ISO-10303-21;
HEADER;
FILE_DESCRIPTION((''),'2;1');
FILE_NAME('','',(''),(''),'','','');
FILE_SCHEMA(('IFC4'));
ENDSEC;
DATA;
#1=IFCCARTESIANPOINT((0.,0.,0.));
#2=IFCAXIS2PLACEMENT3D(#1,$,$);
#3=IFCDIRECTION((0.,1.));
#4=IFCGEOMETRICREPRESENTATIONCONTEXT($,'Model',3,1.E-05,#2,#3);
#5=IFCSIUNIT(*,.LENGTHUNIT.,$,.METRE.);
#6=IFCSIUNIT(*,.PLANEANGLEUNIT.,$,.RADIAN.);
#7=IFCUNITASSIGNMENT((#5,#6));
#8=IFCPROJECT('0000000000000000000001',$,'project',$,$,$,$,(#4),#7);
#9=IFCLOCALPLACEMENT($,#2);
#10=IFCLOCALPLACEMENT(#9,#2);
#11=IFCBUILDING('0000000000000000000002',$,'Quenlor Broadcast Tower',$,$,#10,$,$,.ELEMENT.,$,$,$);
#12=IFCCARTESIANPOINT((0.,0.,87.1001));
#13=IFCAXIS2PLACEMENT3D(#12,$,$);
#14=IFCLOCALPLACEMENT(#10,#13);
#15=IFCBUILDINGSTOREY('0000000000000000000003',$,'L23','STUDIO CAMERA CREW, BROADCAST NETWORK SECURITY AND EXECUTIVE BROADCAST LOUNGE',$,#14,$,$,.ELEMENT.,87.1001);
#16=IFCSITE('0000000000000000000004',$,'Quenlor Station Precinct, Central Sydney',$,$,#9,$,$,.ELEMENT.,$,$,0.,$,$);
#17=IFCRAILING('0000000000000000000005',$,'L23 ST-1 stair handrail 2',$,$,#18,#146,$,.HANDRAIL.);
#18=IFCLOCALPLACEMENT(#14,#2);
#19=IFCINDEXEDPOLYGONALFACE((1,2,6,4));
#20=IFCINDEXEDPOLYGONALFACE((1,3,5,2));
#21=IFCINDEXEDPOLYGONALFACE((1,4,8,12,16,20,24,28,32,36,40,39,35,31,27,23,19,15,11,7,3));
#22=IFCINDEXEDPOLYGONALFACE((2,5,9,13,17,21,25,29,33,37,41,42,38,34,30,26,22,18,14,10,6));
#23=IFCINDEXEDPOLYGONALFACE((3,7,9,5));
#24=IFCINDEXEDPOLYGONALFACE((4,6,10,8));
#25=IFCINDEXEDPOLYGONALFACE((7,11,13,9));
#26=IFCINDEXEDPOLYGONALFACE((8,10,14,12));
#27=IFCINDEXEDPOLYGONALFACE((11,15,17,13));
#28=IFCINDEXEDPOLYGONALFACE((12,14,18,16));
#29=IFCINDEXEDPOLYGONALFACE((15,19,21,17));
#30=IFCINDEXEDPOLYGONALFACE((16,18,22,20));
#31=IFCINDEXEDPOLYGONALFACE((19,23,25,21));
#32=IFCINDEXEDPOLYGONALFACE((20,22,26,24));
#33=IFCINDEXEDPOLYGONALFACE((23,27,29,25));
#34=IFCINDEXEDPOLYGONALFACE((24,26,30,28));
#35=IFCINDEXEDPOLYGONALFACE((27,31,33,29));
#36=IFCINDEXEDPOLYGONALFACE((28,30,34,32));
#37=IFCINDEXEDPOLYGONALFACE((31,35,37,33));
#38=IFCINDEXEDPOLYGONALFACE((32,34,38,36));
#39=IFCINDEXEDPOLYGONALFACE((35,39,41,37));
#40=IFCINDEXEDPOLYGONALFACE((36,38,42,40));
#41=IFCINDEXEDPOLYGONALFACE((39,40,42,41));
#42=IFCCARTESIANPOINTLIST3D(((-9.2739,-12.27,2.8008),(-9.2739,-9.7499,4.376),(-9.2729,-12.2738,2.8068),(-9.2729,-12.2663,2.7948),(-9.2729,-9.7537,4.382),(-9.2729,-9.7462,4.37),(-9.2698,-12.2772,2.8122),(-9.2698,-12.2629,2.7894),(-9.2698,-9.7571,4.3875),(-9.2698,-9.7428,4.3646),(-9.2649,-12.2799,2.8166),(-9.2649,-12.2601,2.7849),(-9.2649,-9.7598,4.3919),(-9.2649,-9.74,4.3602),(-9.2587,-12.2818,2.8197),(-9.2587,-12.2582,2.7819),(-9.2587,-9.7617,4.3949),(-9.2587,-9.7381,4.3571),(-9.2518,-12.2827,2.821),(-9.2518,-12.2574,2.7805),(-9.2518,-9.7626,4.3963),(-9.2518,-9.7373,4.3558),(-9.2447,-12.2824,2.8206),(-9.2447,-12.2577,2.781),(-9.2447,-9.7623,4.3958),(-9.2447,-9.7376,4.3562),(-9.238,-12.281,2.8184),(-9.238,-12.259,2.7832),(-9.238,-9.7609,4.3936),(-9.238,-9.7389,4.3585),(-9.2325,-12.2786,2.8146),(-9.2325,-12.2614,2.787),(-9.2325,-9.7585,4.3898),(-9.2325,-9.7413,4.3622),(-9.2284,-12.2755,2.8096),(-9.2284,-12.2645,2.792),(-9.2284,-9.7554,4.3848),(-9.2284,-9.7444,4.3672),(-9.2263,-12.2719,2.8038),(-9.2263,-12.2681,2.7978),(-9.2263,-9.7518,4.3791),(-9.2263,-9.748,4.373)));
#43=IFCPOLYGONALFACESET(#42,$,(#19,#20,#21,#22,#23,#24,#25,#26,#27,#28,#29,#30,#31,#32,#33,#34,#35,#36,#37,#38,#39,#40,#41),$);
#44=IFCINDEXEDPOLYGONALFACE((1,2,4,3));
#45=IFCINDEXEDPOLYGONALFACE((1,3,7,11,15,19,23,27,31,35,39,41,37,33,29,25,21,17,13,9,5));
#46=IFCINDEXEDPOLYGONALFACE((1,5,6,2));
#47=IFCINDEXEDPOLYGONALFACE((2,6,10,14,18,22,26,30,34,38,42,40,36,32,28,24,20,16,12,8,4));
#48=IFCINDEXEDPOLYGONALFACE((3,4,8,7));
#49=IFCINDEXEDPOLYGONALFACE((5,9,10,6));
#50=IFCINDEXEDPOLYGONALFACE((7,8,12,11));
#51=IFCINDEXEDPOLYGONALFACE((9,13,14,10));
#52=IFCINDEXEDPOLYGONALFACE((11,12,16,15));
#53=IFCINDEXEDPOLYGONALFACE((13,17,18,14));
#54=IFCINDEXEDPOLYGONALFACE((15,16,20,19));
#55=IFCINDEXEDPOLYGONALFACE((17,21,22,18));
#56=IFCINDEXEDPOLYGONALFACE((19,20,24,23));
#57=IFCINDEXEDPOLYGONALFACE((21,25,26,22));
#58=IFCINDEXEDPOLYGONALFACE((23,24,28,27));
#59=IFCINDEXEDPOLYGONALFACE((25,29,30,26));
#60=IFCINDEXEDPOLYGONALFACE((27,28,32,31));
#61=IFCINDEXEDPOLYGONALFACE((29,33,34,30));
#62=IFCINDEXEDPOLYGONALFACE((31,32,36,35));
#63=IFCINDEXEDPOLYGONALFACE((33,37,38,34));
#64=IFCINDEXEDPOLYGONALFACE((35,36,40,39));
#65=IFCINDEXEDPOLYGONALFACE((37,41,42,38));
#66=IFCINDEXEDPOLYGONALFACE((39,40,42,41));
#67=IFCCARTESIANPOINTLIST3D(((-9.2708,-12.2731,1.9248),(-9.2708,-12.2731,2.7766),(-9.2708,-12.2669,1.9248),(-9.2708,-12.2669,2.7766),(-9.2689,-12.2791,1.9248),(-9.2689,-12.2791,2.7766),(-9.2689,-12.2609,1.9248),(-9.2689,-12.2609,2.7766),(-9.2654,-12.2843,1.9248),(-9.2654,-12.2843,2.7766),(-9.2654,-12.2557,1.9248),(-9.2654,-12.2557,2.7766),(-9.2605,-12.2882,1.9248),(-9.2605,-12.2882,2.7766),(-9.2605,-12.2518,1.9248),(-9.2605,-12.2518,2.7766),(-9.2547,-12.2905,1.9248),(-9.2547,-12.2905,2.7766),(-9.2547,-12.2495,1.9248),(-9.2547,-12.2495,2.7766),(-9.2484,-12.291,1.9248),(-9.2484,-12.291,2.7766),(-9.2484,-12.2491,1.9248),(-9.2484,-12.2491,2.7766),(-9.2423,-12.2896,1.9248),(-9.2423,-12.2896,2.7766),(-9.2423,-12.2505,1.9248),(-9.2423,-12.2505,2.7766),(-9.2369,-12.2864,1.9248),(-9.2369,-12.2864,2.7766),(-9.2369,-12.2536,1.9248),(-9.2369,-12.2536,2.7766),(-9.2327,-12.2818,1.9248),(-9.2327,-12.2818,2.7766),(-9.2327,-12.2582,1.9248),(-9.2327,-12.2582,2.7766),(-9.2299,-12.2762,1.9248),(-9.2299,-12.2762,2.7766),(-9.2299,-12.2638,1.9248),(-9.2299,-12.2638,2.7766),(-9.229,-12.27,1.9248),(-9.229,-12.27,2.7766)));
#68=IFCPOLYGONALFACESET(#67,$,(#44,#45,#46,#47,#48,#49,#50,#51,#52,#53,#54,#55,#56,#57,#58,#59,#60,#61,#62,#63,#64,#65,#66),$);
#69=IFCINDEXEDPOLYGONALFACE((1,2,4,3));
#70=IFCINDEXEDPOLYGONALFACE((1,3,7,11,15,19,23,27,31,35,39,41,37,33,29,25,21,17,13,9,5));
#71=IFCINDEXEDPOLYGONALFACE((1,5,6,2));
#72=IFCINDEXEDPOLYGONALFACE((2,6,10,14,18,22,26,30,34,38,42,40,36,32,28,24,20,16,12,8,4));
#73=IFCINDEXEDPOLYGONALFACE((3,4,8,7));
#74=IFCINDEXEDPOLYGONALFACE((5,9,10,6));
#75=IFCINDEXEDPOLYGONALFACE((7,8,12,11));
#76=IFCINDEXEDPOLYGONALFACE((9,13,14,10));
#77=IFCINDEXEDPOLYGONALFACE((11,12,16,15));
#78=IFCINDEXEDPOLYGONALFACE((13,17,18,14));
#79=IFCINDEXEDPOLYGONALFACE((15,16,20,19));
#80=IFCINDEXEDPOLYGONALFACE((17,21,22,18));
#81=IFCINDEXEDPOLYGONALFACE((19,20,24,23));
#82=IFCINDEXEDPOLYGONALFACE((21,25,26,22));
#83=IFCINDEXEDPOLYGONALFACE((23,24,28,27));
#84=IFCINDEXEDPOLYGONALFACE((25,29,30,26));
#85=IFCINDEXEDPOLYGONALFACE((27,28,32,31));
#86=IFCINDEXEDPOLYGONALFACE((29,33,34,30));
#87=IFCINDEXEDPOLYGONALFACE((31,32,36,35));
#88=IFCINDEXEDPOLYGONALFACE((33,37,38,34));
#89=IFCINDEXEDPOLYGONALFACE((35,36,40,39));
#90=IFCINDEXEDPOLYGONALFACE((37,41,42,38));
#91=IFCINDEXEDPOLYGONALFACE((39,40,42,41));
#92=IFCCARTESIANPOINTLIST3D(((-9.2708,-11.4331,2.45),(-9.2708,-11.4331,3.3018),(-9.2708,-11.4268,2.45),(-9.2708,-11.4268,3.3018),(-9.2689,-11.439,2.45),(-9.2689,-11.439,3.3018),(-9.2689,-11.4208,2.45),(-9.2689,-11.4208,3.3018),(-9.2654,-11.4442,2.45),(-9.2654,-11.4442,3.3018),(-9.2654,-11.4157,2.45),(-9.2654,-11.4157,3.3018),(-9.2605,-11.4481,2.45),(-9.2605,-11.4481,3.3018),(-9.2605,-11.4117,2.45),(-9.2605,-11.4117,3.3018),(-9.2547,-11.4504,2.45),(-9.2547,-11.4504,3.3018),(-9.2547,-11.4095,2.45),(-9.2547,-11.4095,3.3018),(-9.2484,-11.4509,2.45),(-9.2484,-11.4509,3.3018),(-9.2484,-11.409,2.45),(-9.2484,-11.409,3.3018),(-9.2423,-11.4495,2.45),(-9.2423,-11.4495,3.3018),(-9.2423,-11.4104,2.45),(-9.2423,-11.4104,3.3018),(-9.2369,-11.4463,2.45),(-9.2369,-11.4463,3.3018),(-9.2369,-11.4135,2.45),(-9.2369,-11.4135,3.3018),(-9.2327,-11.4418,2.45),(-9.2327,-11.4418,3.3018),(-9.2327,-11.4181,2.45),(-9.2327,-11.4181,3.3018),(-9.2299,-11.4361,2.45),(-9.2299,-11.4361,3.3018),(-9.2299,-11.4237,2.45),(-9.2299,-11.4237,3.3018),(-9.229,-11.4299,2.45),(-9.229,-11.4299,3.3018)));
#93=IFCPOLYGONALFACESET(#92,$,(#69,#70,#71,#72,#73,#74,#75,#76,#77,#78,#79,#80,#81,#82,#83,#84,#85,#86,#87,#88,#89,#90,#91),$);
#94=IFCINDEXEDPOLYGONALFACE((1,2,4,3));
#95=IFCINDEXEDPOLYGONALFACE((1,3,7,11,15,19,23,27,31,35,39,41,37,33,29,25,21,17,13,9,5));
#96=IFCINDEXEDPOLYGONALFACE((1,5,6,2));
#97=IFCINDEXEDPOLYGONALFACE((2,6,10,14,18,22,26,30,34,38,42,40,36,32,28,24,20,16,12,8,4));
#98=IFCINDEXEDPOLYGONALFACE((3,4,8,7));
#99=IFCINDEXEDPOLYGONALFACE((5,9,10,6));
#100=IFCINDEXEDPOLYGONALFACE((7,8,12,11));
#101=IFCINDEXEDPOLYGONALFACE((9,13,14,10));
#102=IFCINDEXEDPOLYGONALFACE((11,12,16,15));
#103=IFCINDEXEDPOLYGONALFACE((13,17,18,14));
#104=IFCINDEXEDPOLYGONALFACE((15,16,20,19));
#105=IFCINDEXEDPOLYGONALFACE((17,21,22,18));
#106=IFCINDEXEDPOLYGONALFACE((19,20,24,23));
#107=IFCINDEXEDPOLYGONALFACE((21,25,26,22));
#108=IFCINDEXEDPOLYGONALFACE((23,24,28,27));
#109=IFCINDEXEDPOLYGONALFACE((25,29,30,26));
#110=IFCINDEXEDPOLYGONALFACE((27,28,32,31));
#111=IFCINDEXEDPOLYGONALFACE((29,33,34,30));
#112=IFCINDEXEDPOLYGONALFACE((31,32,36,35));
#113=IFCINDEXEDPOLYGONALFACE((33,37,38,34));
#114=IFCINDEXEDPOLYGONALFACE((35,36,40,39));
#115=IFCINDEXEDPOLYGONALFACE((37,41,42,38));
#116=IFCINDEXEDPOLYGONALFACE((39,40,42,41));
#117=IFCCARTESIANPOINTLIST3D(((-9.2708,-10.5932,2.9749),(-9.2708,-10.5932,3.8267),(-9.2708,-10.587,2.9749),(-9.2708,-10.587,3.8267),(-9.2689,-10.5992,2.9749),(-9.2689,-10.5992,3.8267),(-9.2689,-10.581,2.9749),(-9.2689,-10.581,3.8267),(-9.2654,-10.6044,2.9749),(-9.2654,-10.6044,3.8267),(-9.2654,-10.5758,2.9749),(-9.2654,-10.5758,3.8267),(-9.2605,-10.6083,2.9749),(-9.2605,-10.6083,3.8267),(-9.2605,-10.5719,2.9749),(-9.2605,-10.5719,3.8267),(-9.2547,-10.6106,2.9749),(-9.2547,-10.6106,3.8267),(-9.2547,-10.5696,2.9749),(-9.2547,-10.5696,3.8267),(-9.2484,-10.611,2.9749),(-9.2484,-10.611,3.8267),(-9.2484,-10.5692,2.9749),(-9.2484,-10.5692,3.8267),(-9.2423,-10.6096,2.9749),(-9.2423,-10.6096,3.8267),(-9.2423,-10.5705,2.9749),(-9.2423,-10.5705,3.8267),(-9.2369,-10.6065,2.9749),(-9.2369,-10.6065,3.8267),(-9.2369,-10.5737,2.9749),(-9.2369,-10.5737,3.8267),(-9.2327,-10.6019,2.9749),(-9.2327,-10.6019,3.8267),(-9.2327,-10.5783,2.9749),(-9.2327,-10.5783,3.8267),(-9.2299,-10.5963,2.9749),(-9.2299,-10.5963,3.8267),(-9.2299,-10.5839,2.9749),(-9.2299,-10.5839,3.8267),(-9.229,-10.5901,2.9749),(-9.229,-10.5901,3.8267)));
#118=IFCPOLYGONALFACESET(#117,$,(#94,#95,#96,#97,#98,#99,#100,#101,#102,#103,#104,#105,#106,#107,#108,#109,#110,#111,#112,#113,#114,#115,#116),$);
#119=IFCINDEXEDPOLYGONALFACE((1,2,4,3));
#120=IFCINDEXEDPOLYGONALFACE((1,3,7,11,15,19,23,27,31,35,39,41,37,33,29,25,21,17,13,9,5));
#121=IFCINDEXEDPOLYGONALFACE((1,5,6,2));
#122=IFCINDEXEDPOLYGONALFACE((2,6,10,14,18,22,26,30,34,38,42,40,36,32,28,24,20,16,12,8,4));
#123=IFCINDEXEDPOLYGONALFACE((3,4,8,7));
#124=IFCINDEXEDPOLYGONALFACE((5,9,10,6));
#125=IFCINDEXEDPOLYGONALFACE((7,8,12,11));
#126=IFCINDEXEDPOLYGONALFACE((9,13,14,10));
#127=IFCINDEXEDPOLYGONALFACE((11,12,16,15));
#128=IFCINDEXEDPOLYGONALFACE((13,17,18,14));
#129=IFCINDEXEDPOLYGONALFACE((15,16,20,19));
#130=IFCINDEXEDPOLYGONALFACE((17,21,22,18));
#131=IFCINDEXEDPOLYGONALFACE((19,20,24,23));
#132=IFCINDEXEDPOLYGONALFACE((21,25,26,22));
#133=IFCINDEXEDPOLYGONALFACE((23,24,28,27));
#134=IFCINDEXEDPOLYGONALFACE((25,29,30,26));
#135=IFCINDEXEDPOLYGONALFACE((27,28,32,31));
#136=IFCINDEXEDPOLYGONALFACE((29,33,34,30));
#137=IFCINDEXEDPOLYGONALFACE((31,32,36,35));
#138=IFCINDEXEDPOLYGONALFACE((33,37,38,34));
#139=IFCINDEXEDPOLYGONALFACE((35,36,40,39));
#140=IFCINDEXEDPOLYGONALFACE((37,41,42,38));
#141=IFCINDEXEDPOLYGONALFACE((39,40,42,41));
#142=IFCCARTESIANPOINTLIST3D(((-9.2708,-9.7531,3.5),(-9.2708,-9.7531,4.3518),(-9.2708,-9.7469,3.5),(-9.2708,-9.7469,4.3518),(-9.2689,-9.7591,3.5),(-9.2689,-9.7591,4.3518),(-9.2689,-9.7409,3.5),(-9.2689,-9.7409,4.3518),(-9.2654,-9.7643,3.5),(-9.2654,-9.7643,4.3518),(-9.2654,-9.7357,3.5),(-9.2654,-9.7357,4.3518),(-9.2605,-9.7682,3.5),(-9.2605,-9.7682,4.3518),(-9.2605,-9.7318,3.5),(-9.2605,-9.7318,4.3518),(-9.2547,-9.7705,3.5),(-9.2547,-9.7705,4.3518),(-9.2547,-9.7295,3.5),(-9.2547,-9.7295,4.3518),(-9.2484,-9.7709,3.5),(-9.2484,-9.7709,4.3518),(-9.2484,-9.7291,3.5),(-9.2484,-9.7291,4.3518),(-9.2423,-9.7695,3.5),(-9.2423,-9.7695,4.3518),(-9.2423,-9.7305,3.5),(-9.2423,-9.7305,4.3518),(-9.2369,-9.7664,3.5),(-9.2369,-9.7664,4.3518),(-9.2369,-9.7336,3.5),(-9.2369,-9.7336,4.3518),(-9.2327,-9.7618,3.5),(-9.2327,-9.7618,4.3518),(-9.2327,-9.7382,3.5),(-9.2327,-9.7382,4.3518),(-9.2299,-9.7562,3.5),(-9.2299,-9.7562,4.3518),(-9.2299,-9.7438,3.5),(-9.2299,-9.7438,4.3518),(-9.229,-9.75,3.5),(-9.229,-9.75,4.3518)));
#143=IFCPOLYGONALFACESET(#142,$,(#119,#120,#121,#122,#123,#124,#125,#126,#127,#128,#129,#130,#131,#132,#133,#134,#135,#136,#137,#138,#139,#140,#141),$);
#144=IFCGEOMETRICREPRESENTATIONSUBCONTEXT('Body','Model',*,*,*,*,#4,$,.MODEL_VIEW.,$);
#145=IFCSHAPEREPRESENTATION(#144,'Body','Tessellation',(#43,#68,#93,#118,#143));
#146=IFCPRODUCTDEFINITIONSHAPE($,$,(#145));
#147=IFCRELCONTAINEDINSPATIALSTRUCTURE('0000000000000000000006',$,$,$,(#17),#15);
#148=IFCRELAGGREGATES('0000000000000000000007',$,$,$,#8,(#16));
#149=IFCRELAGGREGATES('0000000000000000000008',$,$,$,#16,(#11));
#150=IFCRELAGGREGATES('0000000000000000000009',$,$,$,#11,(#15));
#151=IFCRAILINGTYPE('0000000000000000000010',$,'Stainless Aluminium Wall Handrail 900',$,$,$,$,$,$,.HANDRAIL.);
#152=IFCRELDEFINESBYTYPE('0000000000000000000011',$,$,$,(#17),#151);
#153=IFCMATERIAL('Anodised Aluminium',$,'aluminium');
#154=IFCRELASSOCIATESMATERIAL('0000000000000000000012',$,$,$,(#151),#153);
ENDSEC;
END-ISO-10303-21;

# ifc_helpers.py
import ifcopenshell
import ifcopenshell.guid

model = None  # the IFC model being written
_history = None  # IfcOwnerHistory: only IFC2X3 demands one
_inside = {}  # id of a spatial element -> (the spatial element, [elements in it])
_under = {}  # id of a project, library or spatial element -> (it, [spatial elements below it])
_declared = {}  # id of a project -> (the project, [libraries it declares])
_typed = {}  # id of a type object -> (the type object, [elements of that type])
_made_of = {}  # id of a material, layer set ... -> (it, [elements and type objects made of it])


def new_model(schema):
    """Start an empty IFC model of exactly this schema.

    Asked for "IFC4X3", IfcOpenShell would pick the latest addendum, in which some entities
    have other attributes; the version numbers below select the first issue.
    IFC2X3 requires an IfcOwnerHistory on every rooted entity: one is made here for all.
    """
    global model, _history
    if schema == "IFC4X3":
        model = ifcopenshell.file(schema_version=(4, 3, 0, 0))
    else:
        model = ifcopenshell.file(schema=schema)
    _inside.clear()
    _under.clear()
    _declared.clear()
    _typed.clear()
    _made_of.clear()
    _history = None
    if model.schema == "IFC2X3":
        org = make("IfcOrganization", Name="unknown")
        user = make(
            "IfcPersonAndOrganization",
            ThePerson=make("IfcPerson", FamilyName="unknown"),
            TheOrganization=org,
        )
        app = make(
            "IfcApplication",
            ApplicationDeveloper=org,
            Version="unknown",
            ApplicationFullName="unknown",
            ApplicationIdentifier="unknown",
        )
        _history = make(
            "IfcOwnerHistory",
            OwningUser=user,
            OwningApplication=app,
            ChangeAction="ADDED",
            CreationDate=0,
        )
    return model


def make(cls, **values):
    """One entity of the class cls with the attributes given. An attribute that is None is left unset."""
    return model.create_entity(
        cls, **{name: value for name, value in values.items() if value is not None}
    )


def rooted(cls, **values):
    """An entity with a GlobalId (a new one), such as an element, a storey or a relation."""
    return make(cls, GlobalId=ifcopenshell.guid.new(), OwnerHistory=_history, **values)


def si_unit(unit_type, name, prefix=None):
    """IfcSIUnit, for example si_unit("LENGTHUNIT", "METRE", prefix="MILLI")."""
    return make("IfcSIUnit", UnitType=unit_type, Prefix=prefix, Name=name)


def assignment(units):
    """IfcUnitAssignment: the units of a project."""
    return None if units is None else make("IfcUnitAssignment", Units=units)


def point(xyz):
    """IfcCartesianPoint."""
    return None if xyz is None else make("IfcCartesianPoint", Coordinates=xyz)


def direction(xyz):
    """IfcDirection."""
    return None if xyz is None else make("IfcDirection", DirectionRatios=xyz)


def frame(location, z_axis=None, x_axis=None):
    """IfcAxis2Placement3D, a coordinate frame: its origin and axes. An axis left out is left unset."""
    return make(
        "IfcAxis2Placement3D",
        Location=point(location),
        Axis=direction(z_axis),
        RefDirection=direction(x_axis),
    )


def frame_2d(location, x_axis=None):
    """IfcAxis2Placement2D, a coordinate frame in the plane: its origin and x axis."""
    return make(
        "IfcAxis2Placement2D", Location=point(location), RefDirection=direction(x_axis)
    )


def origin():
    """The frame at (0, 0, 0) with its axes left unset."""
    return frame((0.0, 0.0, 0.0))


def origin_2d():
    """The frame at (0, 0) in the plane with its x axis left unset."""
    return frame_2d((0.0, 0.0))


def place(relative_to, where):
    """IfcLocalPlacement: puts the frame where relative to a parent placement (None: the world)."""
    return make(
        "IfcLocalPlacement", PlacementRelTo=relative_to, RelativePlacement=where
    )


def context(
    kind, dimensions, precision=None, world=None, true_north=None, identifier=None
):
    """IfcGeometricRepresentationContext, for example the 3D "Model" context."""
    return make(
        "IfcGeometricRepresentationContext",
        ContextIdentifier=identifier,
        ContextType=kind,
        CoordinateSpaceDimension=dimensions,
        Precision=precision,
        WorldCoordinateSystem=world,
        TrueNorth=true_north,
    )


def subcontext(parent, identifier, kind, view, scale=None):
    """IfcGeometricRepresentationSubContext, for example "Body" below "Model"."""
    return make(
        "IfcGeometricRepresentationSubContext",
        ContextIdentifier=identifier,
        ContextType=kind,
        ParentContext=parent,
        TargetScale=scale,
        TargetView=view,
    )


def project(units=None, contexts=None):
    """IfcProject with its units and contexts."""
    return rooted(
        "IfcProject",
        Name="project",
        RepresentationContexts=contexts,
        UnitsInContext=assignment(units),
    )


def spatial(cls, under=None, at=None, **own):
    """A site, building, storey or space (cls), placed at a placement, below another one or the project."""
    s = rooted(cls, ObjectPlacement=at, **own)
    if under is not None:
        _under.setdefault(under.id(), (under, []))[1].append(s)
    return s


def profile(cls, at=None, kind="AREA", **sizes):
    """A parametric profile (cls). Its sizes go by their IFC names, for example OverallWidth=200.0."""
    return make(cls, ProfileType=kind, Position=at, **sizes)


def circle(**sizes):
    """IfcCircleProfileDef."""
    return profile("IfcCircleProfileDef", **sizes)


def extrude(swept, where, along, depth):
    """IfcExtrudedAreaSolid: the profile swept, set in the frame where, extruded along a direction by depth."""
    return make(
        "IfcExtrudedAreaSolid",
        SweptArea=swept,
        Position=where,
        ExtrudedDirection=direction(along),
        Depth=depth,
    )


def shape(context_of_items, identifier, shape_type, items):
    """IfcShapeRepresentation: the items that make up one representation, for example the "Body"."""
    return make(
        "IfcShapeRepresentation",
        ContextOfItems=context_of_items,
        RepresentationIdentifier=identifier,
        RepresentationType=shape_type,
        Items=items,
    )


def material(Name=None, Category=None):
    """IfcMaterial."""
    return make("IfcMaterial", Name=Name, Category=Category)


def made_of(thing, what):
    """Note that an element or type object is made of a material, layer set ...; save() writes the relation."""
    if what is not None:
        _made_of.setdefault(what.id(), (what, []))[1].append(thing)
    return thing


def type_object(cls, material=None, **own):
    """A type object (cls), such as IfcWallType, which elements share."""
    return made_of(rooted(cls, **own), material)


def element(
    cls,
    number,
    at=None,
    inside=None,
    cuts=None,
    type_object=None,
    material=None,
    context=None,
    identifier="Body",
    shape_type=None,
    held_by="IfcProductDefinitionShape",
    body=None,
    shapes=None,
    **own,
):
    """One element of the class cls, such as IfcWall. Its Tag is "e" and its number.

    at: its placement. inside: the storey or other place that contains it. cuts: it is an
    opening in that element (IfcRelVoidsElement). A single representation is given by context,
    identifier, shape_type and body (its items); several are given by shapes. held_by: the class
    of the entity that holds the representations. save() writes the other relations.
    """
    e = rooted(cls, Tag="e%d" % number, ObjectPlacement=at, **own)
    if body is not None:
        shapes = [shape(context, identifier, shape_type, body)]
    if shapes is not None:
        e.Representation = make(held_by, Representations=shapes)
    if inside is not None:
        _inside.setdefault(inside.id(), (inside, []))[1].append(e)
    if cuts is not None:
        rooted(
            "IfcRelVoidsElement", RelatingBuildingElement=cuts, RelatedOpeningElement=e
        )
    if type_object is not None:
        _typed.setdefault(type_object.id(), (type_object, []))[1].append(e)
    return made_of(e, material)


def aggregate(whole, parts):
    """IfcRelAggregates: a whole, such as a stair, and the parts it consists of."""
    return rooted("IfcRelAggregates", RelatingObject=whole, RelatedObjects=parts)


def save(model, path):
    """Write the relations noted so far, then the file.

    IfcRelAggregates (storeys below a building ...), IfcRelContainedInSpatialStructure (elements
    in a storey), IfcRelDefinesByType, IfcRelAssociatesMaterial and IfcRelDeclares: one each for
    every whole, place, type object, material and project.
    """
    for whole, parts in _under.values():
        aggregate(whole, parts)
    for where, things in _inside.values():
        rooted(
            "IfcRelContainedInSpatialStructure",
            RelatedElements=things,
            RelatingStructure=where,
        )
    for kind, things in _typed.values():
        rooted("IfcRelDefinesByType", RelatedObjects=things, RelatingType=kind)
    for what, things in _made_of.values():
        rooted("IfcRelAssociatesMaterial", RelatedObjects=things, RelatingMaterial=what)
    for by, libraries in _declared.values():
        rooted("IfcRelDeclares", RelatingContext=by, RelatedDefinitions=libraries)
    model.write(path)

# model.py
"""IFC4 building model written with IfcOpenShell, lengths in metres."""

from ifc_helpers import new_model, si_unit, direction, frame, origin, origin_2d, place, context, subcontext, project, spatial, circle, extrude, material, type_object, element, save


model = new_model("IFC4")

# Units and contexts
model_context = context("Model", 3, precision=1e-05, world=origin(), true_north=direction((0.0, 1.0)))
body_context = subcontext(model_context, "Body", "Model", "MODEL_VIEW")
ifc_project = project(units=[si_unit("LENGTHUNIT", "METRE"), si_unit("PLANEANGLEUNIT", "RADIAN")], contexts=[model_context])

# Site, building, storey
site_placement = place(None, origin())
site = spatial("IfcSite", under=ifc_project, at=site_placement, Name="Quenlor Station Precinct, Central Sydney", CompositionType="ELEMENT", RefElevation=0.0)
building_placement = place(site_placement, origin())
building = spatial("IfcBuilding", under=site, at=building_placement, Name="Quenlor Broadcast Tower", CompositionType="ELEMENT")
storey_placement = place(building_placement, frame((0.0, 0.0, 87.1001)))
storey = spatial("IfcBuildingStorey", under=building, at=storey_placement, Name="L23", Description="STUDIO CAMERA CREW, BROADCAST NETWORK SECURITY AND EXECUTIVE BROADCAST LOUNGE", CompositionType="ELEMENT", Elevation=87.1001)

# Railing
ifc_material_1 = material(Name="Anodised Aluminium", Category="aluminium")
railing_type_1 = type_object("IfcRailingType", Name="Stainless Aluminium Wall Handrail 900", PredefinedType="HANDRAIL", material=ifc_material_1)
railing_1_placement = place(storey_placement, frame((-9.25, -12.27, 1.9248)))
element("IfcRailing", 1, at=railing_1_placement, inside=storey, type_object=railing_type_1, Name="L23 ST-1 stair handrail 2", PredefinedType="HANDRAIL", context=body_context, shape_type="SweptSolid", body=[
    extrude(circle(Radius=0.0239, at=origin_2d()), frame((0.0, 0.0, 0.876), z_axis=(0.0, 0.847971, 0.530043), x_axis=(-1.0, 0.0, 0.0)), (0.0, 0.0, 1.0), 2.9719),
    extrude(circle(Radius=0.021, at=origin_2d()), origin(), (0.0, 0.0, 1.0), 0.8518),
    extrude(circle(Radius=0.021, at=origin_2d()), frame((0.0, 0.8401, 0.5251)), (0.0, 0.0, 1.0), 0.8518),
    extrude(circle(Radius=0.021, at=origin_2d()), frame((0.0, 1.6799, 1.05)), (0.0, 0.0, 1.0), 0.8518),
    extrude(circle(Radius=0.021, at=origin_2d()), frame((0.0, 2.52, 1.5752)), (0.0, 0.0, 1.0), 0.8518),
])

save(model, "model.ifc")
